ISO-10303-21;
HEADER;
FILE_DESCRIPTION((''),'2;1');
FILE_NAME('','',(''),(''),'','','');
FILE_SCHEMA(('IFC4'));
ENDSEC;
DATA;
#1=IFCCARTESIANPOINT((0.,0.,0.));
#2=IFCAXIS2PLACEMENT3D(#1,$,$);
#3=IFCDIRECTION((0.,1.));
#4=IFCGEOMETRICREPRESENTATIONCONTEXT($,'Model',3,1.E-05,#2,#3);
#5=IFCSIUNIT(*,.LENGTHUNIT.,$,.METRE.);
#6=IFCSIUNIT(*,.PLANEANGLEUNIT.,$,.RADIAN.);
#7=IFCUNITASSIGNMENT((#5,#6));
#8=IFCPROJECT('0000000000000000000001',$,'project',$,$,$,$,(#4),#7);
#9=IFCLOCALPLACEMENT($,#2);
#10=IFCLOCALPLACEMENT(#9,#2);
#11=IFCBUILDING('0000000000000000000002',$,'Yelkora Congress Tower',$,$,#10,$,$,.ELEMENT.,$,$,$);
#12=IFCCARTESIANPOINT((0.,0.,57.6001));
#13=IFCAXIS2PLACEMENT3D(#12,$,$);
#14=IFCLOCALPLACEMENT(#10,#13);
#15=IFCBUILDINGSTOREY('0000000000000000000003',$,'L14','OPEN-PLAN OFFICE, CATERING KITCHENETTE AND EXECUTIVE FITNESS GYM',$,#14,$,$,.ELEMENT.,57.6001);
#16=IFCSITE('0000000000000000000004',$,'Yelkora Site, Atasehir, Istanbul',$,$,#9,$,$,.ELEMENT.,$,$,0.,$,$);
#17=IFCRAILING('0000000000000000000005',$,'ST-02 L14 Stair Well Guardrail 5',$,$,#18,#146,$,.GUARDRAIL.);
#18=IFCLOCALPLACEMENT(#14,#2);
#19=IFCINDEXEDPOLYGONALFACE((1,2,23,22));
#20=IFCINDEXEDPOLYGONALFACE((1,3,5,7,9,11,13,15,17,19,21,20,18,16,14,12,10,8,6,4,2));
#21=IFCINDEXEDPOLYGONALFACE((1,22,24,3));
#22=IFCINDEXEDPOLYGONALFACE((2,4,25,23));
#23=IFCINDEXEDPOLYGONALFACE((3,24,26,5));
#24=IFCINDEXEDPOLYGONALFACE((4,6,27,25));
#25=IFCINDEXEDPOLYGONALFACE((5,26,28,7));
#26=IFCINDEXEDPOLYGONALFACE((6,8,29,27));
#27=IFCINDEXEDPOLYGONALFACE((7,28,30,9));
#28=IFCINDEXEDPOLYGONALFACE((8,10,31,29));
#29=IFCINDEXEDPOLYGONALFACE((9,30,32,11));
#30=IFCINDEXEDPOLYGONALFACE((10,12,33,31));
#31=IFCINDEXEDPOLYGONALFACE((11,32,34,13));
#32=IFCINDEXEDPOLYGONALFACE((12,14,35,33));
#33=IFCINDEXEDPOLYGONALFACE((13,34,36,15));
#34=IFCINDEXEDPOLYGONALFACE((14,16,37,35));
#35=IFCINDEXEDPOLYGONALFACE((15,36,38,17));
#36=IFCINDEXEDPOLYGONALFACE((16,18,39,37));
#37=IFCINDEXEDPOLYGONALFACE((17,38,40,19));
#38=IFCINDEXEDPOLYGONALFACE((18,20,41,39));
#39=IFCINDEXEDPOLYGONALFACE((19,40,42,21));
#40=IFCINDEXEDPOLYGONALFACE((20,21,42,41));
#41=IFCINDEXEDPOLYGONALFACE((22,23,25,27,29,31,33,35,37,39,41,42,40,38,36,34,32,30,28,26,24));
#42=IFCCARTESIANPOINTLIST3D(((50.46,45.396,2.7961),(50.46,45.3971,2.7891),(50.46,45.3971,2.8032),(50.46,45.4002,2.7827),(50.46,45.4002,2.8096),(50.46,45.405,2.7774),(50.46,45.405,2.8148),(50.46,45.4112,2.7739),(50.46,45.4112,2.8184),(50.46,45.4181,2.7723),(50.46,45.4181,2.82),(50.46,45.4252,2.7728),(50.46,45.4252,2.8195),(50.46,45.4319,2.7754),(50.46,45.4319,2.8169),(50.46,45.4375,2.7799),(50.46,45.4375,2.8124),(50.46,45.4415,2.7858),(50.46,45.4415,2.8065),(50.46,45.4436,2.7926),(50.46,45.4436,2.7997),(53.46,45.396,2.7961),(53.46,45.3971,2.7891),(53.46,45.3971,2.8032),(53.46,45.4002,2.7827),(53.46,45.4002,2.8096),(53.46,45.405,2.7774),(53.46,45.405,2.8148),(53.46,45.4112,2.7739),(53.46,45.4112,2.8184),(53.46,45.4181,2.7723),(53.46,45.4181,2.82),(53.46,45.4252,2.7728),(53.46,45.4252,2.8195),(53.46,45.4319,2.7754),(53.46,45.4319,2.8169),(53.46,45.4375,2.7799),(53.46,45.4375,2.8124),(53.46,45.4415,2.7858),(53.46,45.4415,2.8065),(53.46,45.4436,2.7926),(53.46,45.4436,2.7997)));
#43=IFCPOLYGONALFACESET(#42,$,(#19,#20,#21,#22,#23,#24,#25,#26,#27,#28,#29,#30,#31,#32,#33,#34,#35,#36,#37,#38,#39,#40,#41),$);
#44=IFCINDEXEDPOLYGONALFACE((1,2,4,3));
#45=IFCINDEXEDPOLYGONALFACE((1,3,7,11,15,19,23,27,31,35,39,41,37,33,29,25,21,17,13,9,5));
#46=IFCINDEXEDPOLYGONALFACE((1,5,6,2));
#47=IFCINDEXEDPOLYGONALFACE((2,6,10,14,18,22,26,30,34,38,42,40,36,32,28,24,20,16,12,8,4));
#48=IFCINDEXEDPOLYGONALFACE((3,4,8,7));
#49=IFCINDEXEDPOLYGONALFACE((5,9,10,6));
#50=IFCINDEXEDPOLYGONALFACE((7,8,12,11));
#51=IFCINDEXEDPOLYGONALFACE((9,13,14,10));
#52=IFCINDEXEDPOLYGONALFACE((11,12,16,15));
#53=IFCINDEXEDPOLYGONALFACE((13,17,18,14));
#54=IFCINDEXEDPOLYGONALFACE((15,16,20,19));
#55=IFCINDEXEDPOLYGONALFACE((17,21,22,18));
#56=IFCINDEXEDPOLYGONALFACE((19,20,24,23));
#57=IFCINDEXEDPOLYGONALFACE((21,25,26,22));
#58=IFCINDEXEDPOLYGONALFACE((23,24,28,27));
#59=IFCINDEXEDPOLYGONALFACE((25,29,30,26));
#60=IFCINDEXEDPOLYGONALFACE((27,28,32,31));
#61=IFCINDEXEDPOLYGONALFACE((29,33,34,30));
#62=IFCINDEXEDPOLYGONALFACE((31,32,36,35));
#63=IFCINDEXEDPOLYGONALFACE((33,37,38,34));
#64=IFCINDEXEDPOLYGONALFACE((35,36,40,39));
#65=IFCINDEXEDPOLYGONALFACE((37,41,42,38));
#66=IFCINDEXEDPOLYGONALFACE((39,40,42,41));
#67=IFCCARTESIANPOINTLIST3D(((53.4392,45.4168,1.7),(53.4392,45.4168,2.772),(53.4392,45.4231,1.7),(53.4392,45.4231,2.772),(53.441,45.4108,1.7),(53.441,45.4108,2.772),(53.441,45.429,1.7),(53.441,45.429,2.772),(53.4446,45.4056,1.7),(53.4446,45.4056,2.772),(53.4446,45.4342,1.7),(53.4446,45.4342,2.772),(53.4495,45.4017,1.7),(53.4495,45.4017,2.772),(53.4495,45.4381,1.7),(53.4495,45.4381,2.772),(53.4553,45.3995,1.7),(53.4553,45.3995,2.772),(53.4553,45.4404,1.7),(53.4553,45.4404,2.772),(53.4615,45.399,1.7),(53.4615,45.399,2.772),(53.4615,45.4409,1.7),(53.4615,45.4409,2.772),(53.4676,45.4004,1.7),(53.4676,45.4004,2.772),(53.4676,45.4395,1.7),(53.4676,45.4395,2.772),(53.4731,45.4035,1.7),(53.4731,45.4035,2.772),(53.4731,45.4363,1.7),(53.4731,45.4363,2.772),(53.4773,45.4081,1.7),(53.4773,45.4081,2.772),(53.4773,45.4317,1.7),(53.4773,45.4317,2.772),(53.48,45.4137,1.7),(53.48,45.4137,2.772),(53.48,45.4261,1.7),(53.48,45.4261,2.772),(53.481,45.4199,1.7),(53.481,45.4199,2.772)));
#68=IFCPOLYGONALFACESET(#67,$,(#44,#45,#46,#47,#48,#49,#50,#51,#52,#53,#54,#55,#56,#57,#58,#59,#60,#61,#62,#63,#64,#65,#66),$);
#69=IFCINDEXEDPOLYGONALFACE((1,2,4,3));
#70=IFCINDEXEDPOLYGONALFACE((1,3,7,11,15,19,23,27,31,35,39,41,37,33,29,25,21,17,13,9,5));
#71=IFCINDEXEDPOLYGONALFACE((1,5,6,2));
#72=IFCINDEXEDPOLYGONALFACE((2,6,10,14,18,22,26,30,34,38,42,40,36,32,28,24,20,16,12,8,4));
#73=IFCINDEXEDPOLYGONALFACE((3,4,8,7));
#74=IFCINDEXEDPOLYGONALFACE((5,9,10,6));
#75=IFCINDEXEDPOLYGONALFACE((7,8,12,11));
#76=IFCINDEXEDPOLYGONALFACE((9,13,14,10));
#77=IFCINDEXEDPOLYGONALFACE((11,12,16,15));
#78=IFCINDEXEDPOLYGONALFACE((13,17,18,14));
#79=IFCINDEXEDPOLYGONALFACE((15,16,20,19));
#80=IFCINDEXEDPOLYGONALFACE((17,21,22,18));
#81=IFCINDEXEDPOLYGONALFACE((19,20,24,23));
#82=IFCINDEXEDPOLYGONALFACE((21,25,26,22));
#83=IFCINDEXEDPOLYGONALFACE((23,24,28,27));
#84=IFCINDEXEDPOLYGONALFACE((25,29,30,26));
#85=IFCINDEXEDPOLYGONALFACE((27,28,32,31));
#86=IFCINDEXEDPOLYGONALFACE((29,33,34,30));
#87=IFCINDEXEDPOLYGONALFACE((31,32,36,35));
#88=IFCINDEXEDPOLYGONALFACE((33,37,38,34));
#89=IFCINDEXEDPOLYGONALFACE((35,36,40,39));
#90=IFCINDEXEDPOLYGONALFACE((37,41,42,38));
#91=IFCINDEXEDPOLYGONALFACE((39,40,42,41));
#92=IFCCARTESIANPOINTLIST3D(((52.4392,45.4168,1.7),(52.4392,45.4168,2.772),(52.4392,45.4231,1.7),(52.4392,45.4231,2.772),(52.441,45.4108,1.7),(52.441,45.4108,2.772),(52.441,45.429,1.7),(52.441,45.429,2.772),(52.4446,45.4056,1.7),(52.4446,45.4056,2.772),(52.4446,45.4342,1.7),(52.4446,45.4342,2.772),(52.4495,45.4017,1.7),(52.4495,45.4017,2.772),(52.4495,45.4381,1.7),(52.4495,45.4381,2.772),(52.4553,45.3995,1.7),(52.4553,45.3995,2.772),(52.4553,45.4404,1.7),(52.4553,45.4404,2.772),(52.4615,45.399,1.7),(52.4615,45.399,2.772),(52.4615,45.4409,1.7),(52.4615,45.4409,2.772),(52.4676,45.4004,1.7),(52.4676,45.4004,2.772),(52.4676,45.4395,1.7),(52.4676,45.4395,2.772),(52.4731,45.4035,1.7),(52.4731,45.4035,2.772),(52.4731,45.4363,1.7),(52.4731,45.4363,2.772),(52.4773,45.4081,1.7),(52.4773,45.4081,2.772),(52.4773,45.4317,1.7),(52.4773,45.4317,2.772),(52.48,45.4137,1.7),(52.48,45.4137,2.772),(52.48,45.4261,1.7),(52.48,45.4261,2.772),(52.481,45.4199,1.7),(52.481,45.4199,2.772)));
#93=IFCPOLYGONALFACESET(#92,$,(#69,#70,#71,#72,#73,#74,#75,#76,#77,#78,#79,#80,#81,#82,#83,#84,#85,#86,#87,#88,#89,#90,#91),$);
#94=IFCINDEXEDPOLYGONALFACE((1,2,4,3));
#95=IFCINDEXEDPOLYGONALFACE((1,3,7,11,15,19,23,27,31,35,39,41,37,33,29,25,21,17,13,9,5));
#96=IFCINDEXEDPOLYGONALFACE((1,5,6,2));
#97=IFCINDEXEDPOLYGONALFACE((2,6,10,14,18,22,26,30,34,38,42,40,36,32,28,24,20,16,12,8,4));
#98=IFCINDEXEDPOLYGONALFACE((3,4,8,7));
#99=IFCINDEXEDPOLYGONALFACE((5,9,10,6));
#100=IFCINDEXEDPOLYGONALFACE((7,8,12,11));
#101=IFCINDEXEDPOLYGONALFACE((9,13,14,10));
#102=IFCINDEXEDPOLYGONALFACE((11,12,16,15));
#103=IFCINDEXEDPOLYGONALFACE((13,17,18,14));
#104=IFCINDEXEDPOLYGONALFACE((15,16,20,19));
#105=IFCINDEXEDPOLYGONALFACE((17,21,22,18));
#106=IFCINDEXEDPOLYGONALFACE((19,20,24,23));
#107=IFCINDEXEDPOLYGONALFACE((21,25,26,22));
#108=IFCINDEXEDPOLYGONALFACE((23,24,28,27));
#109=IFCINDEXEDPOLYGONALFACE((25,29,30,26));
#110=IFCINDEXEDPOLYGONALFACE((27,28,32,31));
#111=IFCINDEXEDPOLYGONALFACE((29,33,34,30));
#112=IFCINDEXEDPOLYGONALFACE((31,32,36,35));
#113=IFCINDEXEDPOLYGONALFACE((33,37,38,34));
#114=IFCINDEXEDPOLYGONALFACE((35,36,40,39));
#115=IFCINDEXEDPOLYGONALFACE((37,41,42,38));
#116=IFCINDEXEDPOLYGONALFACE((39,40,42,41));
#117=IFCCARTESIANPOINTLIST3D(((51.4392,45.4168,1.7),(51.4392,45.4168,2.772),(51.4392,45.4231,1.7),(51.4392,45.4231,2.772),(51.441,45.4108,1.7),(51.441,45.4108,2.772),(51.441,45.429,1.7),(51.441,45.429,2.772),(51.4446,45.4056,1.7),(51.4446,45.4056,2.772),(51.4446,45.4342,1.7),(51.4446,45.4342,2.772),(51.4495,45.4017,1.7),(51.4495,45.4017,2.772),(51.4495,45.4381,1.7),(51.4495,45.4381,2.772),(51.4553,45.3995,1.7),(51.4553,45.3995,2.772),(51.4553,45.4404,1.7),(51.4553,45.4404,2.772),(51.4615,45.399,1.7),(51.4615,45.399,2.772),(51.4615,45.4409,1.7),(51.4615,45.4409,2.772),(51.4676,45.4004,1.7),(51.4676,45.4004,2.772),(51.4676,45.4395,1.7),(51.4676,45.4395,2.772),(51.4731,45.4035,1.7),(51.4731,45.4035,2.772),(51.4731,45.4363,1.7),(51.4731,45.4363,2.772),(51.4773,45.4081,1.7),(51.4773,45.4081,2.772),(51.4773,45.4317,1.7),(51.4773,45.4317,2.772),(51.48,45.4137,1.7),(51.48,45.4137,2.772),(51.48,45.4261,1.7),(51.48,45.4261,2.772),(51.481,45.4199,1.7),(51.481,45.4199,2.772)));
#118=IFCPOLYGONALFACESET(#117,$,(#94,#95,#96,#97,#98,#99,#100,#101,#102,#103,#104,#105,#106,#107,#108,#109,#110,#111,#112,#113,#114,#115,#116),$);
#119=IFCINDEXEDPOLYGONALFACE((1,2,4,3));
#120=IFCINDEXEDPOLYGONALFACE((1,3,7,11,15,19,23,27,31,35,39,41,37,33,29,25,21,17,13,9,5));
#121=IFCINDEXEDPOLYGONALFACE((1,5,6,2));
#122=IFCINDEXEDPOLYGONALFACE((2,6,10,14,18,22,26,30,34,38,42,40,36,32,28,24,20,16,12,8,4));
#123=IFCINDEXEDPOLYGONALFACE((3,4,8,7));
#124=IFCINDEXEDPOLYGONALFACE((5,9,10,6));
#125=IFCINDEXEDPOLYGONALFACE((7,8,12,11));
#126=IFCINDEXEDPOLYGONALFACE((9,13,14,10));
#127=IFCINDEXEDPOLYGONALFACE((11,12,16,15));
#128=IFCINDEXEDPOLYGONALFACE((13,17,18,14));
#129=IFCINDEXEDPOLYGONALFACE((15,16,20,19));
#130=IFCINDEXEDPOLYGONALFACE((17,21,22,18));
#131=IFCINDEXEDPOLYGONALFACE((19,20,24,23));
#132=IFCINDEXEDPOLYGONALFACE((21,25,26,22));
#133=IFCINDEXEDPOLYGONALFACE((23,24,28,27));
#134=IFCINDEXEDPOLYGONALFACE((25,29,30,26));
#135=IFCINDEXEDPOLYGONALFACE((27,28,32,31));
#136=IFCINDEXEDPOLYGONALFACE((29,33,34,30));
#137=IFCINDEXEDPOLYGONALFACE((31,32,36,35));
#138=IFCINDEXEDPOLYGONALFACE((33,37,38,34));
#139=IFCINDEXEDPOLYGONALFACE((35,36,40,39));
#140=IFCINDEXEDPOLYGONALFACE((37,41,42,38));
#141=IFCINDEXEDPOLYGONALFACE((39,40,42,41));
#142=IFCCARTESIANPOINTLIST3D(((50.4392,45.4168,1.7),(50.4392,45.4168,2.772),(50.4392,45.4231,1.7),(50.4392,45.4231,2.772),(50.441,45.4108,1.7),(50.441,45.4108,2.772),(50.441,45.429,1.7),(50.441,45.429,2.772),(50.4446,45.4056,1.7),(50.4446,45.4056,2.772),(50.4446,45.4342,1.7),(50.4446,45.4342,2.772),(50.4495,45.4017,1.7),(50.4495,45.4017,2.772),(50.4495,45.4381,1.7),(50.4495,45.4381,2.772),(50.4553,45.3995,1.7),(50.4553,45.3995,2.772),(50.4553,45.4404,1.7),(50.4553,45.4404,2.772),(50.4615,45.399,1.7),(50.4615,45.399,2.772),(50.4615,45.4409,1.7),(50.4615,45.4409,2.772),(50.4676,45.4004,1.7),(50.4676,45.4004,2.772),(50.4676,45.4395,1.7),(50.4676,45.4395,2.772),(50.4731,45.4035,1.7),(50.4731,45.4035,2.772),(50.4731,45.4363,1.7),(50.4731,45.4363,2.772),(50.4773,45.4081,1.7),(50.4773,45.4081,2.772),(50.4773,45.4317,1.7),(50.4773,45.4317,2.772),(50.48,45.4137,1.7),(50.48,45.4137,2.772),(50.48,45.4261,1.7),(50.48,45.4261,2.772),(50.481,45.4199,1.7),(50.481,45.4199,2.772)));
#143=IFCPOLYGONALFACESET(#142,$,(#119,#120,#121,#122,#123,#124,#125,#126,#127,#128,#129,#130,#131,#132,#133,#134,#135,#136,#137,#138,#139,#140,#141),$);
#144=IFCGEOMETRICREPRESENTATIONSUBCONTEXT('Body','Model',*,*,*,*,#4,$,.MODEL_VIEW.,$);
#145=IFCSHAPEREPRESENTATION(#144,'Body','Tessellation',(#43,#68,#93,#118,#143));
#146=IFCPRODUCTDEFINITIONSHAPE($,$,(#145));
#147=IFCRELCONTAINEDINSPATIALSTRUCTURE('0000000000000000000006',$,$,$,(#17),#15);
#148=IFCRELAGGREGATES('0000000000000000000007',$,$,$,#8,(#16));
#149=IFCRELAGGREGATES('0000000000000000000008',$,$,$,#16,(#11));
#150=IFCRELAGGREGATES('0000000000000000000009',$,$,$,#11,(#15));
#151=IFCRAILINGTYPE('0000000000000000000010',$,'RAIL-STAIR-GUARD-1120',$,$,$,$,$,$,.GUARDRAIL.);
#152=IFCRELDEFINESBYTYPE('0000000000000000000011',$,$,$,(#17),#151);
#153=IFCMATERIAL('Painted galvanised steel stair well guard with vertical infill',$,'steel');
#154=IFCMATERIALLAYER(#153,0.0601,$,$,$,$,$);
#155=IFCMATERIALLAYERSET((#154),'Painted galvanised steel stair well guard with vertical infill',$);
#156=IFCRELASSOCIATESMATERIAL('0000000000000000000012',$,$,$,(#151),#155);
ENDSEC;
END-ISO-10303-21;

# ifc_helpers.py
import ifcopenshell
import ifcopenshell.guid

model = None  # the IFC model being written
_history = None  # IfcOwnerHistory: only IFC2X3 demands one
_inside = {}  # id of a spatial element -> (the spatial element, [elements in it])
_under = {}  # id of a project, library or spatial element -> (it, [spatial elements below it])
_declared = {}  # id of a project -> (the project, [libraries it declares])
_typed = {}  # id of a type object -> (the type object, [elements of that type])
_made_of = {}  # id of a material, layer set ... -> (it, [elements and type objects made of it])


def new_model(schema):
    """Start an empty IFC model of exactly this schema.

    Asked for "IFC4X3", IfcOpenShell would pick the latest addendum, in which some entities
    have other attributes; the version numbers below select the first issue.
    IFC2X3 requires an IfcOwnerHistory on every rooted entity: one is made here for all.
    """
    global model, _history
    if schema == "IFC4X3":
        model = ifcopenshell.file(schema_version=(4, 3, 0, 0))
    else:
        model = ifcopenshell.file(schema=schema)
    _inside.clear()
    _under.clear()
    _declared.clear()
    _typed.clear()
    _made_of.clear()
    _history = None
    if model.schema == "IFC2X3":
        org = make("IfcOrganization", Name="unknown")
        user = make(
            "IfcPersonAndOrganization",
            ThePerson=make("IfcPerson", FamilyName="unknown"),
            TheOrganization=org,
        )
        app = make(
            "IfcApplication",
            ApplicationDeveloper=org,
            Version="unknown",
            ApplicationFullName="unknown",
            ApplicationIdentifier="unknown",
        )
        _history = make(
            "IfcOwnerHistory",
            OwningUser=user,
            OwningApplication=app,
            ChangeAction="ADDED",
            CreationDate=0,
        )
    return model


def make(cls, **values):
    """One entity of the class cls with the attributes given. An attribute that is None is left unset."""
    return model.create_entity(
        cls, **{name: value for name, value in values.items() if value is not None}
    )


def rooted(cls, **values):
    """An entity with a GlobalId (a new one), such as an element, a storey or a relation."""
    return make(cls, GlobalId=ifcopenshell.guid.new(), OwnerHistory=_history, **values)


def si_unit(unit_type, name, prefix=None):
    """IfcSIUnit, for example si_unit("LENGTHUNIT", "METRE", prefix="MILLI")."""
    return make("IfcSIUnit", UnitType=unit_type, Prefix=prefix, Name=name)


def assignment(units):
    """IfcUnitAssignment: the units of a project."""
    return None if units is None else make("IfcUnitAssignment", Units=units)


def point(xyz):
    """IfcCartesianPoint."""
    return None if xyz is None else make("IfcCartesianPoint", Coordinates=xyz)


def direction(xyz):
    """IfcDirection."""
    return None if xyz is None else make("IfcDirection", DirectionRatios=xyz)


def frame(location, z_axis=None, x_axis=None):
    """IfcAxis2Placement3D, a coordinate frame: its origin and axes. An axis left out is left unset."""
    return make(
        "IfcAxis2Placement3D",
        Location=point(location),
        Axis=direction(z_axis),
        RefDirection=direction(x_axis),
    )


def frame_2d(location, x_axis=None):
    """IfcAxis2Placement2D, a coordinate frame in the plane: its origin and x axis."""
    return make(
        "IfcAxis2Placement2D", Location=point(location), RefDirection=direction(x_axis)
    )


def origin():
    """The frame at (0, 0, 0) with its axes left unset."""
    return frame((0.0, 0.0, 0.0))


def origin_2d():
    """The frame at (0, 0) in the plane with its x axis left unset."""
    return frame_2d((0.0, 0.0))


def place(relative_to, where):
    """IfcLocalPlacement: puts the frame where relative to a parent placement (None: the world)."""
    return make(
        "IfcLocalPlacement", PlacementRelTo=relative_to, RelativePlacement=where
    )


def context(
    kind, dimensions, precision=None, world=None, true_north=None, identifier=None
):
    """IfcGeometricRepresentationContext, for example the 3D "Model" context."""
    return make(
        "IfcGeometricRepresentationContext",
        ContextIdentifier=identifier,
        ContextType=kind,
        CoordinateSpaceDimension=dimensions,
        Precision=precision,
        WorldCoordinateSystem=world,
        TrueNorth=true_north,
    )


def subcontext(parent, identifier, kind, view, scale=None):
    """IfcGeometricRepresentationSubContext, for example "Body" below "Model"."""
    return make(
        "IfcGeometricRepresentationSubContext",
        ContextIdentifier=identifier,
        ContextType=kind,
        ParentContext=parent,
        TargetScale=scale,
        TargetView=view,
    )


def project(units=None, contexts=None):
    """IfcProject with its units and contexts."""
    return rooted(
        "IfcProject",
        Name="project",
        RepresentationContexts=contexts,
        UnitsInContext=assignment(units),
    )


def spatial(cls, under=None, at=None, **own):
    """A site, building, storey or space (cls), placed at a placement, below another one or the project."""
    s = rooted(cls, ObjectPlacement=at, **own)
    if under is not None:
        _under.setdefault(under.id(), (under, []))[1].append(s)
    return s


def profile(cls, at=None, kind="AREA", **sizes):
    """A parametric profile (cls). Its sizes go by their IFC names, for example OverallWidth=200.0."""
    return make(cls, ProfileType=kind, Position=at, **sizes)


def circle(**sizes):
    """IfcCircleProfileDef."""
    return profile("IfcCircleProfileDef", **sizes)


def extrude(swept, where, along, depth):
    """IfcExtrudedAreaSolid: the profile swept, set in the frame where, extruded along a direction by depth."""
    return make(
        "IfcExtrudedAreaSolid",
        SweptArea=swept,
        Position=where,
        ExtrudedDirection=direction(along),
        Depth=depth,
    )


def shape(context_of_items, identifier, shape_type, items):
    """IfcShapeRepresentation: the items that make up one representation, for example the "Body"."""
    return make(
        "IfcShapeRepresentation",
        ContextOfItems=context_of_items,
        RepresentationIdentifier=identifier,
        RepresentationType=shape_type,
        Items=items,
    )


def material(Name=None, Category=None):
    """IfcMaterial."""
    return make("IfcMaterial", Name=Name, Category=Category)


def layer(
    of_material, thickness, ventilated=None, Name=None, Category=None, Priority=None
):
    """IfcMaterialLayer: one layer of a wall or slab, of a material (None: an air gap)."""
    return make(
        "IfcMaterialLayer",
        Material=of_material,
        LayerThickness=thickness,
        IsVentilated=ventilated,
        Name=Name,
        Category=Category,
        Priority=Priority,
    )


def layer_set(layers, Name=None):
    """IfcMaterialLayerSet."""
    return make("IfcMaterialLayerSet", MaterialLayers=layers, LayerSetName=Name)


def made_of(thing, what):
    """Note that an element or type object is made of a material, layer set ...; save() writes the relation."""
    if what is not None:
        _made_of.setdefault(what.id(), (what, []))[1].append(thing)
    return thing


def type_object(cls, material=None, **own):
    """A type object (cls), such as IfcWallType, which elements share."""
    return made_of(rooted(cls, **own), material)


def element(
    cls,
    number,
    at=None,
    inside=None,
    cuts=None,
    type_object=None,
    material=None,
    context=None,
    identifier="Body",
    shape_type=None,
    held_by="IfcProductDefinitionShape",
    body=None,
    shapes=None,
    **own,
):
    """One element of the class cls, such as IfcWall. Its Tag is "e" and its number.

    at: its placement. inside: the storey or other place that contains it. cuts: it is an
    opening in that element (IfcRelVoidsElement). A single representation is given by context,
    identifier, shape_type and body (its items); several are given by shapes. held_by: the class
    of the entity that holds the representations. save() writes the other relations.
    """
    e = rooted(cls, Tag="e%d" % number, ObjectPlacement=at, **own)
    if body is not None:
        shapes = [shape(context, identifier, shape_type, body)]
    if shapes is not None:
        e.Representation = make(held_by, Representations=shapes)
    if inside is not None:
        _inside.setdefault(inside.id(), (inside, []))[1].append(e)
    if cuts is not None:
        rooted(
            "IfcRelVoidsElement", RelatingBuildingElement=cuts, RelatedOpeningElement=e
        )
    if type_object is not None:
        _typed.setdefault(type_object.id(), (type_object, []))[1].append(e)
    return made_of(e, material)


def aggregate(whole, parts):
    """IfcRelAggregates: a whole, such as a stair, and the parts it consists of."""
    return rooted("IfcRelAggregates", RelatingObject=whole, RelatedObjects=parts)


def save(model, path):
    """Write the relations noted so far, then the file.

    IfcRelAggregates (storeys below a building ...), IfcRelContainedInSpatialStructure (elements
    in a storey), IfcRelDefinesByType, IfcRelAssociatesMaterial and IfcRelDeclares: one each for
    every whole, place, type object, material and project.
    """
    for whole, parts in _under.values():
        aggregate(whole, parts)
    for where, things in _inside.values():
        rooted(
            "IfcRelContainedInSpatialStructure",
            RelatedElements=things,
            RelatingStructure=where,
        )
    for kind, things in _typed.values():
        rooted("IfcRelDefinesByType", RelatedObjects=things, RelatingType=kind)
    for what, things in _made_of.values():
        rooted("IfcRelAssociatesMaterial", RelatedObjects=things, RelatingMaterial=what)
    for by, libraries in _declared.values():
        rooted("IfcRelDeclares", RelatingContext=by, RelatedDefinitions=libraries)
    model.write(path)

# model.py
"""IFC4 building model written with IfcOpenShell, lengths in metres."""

from ifc_helpers import new_model, si_unit, direction, frame, origin, origin_2d, place, context, subcontext, project, spatial, circle, extrude, material, layer, layer_set, type_object, element, save


model = new_model("IFC4")

# Units and contexts
model_context = context("Model", 3, precision=1e-05, world=origin(), true_north=direction((0.0, 1.0)))
body_context = subcontext(model_context, "Body", "Model", "MODEL_VIEW")
ifc_project = project(units=[si_unit("LENGTHUNIT", "METRE"), si_unit("PLANEANGLEUNIT", "RADIAN")], contexts=[model_context])

# Site, building, storey
site_placement = place(None, origin())
site = spatial("IfcSite", under=ifc_project, at=site_placement, Name="Yelkora Site, Atasehir, Istanbul", CompositionType="ELEMENT", RefElevation=0.0)
building_placement = place(site_placement, origin())
building = spatial("IfcBuilding", under=site, at=building_placement, Name="Yelkora Congress Tower", CompositionType="ELEMENT")
storey_placement = place(building_placement, frame((0.0, 0.0, 57.6001)))
storey = spatial("IfcBuildingStorey", under=building, at=storey_placement, Name="L14", Description="OPEN-PLAN OFFICE, CATERING KITCHENETTE AND EXECUTIVE FITNESS GYM", CompositionType="ELEMENT", Elevation=57.6001)

# Railing
ifc_material_1 = material(Name="Painted galvanised steel stair well guard with vertical infill", Category="steel")
ifc_layer_1 = layer(ifc_material_1, 0.0601)
ifc_layer_set_1 = layer_set([ifc_layer_1], Name="Painted galvanised steel stair well guard with vertical infill")
railing_type_1 = type_object("IfcRailingType", Name="RAIL-STAIR-GUARD-1120", PredefinedType="GUARDRAIL", material=ifc_layer_set_1)
railing_1_placement = place(storey_placement, frame((53.46, 45.4199, 1.7)))
element("IfcRailing", 1, at=railing_1_placement, inside=storey, type_object=railing_type_1, Name="ST-02 L14 Stair Well Guardrail 5", PredefinedType="GUARDRAIL", context=body_context, shape_type="SweptSolid", body=[
    extrude(circle(Radius=0.0239, at=origin_2d()), frame((0.0, 0.0, 1.0962), z_axis=(-1.0, 0.0, 0.0), x_axis=(0.0, -1.0, 0.0)), (0.0, 0.0, 1.0), 3.0),
    extrude(circle(Radius=0.021, at=origin_2d()), origin(), (0.0, 0.0, 1.0), 1.072),
    extrude(circle(Radius=0.021, at=origin_2d()), frame((-1.0, 0.0, 0.0)), (0.0, 0.0, 1.0), 1.072),
    extrude(circle(Radius=0.021, at=origin_2d()), frame((-2.0, 0.0, 0.0)), (0.0, 0.0, 1.0), 1.072),
    extrude(circle(Radius=0.021, at=origin_2d()), frame((-3.0, 0.0, 0.0)), (0.0, 0.0, 1.0), 1.072),
])

save(model, "model.ifc")
